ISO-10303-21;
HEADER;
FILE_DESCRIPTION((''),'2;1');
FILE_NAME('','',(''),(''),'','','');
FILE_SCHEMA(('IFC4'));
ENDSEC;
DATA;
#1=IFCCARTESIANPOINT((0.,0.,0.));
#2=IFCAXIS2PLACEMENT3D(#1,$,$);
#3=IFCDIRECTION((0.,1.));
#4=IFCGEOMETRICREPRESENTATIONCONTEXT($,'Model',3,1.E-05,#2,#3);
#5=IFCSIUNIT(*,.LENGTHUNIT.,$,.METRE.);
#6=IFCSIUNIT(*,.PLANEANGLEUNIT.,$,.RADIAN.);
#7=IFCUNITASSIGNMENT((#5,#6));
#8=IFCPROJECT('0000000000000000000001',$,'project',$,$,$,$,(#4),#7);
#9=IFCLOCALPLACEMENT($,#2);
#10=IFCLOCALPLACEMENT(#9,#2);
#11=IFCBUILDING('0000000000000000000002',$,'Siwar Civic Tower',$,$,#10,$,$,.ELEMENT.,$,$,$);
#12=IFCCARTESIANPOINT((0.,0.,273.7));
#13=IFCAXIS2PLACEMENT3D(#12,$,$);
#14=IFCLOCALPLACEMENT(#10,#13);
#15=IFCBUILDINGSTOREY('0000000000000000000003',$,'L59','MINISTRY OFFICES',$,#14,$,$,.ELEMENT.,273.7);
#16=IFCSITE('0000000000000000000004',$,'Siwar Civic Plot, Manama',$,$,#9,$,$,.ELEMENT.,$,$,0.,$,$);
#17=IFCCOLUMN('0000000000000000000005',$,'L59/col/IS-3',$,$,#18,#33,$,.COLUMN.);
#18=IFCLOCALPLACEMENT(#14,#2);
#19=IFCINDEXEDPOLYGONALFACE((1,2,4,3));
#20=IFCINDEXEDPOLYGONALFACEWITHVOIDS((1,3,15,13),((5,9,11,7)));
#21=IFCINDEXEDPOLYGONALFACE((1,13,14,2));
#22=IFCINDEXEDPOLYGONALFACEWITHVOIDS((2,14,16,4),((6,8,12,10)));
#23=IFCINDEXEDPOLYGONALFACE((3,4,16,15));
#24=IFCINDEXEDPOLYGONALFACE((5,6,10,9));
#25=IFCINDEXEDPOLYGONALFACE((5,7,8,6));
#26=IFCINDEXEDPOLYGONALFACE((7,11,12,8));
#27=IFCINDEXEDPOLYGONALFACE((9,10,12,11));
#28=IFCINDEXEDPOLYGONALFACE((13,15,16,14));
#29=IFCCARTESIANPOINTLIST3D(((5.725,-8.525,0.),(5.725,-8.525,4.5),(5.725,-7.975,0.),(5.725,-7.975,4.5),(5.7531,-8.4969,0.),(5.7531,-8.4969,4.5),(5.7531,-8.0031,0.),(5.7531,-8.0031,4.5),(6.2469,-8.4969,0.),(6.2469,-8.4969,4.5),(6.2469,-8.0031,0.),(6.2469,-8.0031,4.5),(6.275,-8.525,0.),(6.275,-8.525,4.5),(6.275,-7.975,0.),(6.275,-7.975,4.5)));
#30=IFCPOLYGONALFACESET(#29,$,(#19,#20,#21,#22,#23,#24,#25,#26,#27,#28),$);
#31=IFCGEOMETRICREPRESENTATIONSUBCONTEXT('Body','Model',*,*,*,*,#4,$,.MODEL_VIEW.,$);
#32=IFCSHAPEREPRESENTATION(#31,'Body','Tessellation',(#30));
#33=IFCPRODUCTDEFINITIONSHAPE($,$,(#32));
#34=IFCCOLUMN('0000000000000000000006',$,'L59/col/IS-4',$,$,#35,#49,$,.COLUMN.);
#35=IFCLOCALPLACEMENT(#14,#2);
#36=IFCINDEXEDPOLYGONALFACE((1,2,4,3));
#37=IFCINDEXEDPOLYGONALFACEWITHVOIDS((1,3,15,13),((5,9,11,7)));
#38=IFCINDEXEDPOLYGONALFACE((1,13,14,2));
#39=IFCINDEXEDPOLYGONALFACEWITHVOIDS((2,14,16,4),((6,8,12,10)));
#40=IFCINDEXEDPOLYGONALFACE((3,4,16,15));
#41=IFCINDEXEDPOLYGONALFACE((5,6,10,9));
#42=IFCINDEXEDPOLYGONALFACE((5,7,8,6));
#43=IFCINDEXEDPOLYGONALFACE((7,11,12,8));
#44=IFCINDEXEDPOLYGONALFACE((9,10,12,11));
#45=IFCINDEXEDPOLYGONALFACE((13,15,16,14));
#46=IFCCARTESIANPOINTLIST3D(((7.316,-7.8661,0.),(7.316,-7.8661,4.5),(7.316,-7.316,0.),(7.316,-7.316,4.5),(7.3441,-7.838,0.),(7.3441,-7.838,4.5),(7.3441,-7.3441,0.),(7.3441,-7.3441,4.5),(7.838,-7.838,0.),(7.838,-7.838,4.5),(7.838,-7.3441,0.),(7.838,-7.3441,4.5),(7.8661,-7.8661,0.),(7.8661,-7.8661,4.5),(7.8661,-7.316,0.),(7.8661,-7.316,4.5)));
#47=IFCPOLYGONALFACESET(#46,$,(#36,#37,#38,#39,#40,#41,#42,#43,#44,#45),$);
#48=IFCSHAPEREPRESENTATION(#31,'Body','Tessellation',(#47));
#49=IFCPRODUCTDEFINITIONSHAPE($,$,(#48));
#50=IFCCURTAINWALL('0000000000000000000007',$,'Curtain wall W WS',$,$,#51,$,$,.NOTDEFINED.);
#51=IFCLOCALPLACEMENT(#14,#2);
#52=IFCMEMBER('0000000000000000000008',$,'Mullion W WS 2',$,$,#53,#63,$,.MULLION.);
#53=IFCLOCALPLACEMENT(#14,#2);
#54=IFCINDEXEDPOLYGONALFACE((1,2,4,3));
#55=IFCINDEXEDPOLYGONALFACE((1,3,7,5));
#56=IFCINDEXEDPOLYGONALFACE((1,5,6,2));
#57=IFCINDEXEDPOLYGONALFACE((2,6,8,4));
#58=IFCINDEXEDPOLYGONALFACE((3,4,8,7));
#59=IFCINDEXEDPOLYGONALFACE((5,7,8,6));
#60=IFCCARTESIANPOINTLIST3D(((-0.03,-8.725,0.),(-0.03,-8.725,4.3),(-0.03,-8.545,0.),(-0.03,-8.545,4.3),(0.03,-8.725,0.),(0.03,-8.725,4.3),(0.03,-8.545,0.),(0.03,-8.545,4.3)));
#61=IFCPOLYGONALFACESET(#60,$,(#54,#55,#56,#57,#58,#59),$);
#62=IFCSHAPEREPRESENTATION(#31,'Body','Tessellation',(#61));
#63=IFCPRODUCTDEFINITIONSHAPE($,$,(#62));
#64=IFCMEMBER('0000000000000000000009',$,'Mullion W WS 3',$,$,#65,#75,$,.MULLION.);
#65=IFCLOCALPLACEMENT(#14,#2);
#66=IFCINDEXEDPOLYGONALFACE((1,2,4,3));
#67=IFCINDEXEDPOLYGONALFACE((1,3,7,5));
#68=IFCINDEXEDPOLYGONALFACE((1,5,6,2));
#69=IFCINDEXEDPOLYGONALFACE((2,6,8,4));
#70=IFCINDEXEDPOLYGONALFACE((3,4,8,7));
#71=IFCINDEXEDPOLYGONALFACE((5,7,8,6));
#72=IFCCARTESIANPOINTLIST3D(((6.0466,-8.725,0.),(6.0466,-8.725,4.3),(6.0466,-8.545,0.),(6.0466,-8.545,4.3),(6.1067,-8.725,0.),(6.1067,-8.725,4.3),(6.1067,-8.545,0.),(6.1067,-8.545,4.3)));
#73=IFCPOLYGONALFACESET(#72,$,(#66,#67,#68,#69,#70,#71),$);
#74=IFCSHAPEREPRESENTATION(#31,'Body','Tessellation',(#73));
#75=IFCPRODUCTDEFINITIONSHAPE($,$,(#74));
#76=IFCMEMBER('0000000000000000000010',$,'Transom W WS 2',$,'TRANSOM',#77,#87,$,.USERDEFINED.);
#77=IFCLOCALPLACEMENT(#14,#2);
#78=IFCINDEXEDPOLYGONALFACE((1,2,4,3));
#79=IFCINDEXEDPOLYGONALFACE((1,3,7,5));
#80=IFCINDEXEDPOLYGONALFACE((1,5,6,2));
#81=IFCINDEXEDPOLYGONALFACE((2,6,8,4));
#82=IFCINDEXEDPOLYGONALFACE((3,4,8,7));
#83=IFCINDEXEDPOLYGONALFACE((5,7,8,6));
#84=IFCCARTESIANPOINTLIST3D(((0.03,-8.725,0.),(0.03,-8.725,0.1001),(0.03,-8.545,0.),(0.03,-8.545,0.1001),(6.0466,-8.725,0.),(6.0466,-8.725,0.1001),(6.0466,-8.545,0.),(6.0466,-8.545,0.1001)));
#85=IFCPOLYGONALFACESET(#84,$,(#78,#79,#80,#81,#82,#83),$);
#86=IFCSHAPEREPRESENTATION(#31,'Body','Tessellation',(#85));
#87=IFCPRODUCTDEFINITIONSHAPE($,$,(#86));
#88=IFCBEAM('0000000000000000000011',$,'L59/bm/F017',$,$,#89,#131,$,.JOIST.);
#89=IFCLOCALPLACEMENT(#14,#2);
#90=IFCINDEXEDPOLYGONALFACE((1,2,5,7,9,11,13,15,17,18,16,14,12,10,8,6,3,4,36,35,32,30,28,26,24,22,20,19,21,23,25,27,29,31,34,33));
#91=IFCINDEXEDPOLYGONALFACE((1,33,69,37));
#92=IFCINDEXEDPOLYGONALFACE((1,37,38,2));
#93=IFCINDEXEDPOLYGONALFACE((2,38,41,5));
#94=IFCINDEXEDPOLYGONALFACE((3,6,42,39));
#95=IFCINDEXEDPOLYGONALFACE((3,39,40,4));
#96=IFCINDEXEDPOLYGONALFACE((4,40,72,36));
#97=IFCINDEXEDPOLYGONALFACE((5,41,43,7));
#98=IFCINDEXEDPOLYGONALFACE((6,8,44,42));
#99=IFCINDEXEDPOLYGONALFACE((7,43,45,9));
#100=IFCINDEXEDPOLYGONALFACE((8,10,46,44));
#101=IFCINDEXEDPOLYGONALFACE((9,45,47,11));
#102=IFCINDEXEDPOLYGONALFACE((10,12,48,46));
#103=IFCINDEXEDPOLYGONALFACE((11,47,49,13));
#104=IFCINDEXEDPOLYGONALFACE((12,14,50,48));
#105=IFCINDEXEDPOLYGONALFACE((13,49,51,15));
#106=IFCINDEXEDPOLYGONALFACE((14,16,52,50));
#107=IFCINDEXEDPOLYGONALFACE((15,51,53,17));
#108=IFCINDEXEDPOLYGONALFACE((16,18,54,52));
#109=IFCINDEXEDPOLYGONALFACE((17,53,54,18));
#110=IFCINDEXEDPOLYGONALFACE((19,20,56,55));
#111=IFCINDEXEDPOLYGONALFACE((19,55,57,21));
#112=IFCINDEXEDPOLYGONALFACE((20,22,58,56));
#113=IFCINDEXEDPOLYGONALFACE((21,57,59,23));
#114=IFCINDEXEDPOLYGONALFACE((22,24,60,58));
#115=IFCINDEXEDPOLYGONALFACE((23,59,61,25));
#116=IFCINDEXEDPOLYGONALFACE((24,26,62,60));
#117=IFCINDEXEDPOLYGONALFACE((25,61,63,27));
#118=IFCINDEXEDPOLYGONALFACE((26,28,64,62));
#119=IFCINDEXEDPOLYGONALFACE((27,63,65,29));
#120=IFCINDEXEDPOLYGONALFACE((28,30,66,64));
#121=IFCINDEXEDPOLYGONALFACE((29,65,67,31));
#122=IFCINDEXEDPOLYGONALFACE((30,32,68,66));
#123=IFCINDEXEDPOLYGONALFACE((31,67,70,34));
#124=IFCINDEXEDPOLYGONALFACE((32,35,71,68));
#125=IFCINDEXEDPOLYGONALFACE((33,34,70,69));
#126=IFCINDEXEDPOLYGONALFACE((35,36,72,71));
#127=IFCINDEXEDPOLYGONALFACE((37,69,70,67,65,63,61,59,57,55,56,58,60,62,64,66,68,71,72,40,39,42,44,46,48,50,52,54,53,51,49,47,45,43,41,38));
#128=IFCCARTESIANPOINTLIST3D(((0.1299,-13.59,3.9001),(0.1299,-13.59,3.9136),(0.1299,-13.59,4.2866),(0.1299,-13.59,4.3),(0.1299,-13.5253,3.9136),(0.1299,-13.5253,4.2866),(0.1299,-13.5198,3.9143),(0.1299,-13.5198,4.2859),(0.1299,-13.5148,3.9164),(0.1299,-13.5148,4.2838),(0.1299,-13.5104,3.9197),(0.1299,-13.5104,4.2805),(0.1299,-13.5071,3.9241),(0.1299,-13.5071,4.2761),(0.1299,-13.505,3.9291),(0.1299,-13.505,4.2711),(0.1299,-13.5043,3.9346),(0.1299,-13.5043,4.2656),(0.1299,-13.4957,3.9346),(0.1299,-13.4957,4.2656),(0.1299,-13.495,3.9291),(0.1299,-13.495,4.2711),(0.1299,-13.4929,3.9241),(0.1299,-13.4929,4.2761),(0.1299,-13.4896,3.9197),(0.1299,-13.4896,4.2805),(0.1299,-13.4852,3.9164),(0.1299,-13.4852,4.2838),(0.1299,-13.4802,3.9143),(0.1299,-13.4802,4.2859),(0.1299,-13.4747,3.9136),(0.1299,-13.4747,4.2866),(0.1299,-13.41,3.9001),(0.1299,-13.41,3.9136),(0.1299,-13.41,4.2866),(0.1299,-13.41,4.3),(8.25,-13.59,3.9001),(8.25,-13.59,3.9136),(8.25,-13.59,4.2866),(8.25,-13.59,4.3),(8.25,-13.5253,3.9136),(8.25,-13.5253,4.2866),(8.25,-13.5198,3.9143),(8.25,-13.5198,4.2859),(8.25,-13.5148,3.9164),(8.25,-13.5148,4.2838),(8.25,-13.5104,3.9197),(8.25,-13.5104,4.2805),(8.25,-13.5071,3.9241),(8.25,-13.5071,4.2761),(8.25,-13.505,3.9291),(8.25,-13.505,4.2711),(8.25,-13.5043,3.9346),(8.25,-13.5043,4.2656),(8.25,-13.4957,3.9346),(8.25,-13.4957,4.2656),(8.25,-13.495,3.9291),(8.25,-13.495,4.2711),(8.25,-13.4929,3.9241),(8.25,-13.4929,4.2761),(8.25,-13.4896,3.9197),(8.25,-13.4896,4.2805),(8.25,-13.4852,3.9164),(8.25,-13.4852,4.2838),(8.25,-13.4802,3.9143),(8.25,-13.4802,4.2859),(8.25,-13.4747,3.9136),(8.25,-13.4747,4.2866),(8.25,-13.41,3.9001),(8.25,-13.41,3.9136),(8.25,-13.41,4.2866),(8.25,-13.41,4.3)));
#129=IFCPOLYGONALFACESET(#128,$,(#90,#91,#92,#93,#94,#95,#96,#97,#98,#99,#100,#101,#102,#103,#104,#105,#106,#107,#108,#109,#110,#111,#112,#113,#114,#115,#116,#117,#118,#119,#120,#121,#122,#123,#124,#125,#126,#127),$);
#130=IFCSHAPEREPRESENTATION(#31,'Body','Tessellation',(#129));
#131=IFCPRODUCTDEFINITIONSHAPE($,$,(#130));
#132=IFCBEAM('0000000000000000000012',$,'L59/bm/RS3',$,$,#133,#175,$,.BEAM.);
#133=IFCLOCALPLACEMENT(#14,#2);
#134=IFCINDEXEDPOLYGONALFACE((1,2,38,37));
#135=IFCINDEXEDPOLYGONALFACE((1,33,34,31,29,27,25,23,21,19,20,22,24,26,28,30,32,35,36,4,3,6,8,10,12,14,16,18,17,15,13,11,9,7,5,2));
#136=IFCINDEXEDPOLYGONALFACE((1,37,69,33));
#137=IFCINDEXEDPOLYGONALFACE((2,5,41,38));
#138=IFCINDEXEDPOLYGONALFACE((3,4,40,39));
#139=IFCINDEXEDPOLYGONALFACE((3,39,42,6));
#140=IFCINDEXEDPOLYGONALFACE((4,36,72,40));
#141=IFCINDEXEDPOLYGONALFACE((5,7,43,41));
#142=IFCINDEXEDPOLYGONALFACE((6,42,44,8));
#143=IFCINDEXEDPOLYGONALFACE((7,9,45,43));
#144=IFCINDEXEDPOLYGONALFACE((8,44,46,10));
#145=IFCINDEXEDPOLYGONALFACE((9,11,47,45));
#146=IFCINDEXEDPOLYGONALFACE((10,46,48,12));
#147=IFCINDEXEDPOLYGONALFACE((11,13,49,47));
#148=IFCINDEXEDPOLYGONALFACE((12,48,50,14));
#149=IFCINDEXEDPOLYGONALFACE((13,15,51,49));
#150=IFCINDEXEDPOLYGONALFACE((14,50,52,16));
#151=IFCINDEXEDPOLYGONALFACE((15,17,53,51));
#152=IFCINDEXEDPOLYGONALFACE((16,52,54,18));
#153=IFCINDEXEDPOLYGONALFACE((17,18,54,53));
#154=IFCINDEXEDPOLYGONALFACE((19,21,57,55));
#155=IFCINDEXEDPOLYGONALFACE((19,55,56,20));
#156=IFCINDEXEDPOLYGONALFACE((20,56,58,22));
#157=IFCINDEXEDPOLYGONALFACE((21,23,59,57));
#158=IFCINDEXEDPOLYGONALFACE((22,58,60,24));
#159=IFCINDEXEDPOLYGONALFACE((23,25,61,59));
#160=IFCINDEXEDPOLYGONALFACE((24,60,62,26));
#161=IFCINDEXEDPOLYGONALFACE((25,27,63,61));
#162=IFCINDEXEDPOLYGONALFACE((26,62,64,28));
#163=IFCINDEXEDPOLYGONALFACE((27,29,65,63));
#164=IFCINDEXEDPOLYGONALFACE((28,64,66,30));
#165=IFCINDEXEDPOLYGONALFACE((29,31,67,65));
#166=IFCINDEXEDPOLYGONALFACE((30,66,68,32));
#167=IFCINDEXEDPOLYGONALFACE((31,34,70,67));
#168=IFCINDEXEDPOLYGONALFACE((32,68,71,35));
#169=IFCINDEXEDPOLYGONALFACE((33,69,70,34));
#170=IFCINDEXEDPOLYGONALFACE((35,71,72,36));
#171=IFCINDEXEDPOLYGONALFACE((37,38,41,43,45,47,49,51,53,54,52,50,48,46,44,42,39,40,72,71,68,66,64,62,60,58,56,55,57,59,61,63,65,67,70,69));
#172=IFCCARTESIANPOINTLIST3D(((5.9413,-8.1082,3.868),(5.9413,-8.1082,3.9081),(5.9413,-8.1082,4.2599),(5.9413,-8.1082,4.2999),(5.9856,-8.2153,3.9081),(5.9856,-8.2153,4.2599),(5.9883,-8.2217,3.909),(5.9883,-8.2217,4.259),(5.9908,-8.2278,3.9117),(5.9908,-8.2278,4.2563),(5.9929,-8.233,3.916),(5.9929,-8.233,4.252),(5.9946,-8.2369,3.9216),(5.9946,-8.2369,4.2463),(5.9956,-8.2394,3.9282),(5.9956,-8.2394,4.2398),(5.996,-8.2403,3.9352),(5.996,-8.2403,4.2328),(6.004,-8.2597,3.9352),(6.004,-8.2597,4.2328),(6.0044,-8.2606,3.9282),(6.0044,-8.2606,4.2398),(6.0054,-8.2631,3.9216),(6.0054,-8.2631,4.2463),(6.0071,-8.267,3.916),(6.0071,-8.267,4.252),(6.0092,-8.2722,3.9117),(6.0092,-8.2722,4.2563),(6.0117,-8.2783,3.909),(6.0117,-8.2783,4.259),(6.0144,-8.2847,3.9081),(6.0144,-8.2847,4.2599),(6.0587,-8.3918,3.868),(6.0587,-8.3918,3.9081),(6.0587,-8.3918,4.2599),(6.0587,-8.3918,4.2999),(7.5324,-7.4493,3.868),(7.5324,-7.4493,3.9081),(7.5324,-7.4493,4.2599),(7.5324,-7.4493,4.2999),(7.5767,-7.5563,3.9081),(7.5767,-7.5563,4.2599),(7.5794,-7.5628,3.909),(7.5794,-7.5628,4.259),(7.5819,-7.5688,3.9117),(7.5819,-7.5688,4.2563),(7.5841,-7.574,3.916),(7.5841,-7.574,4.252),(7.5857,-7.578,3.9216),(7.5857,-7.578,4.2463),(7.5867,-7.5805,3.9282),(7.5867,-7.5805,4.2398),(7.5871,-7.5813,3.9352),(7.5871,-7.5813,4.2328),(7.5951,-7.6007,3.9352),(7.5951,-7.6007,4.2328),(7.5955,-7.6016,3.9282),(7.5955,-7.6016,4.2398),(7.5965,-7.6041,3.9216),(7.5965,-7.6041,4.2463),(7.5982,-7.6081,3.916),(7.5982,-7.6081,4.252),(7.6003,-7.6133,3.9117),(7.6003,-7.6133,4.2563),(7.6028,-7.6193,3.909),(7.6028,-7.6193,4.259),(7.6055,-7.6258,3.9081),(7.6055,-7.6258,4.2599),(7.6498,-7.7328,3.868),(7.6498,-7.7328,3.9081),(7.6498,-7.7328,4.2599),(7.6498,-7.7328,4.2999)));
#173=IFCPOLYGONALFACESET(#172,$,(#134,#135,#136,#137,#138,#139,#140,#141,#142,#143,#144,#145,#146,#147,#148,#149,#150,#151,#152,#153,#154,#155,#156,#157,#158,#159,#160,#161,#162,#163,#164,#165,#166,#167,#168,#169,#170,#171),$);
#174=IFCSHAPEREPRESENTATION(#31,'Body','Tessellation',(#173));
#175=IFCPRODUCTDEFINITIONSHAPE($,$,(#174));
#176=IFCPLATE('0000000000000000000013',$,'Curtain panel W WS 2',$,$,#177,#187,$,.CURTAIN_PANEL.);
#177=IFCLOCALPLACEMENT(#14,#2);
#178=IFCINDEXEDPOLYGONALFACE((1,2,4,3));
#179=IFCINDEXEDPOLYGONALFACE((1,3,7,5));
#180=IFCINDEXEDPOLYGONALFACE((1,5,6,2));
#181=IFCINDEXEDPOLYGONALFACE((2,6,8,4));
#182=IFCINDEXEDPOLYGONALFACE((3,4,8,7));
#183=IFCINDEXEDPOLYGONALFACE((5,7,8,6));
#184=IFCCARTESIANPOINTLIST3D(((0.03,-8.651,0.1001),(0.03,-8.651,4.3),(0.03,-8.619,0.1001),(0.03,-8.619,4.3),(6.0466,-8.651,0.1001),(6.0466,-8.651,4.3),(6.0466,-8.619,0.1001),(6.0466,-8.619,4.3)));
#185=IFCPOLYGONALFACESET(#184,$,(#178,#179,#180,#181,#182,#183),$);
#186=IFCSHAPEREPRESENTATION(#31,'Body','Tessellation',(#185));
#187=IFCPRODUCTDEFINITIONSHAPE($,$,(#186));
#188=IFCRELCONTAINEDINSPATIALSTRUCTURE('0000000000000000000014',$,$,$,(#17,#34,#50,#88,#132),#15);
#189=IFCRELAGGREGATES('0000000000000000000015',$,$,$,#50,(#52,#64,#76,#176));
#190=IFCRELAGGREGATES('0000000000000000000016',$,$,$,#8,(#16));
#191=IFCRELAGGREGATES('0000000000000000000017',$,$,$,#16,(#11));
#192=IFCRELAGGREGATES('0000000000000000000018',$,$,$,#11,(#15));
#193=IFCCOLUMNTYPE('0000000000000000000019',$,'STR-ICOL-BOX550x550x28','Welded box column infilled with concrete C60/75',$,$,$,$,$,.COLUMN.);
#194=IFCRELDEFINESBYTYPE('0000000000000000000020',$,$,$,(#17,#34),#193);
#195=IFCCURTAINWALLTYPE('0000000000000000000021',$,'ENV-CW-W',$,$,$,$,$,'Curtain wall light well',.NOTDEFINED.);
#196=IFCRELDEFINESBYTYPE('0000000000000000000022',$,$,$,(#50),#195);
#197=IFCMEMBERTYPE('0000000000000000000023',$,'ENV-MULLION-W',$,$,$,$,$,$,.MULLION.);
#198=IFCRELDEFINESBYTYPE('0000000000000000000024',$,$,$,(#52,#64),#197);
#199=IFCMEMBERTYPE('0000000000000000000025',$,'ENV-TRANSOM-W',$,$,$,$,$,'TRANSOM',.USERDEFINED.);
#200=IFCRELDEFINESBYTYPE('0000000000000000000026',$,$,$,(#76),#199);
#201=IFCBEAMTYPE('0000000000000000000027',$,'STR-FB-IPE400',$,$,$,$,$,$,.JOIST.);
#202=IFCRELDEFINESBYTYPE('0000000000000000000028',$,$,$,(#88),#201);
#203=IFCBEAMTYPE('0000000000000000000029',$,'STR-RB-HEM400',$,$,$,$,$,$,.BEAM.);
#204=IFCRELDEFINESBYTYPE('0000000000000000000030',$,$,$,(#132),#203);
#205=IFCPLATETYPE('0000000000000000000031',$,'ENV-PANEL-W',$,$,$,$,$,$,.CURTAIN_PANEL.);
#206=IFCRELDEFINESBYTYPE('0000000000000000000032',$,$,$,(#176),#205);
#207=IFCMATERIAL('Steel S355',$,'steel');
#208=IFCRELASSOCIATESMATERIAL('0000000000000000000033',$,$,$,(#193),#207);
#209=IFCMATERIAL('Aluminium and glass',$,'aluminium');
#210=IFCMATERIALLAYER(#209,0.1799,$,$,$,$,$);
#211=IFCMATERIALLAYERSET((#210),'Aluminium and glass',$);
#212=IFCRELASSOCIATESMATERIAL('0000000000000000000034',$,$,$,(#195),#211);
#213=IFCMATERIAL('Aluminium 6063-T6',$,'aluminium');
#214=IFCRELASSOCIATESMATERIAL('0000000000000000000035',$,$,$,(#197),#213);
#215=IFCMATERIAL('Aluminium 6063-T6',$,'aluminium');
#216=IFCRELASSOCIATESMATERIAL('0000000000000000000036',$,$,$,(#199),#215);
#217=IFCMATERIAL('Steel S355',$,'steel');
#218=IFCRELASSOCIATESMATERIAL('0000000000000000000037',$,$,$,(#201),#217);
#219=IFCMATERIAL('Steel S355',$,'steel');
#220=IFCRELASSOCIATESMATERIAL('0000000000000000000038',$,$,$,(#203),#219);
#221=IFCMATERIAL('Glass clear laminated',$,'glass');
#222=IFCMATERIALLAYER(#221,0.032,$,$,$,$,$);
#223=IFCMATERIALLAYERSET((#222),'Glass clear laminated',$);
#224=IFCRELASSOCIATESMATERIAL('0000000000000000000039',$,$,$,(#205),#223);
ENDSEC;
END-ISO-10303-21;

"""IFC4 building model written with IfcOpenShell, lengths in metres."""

from ifc_helpers import new_model, si_unit, direction, frame, origin, origin_2d, place, context, subcontext, project, spatial, rectangle, hollow_rectangle, i_section, extrude, material, layer, layer_set, material_profile, profile_set, type_object, element, aggregate, save


model = new_model("IFC4")

# Units and contexts
model_context = context("Model", 3, precision=1e-05, world=origin(), true_north=direction((0.0, 1.0)))
body_context = subcontext(model_context, "Body", "Model", "MODEL_VIEW")
ifc_project = project(units=[si_unit("LENGTHUNIT", "METRE"), si_unit("PLANEANGLEUNIT", "RADIAN")], contexts=[model_context])

# Site, building, storey
site_placement = place(None, origin())
site = spatial("IfcSite", under=ifc_project, at=site_placement, Name="Siwar Civic Plot, Manama", CompositionType="ELEMENT", RefElevation=0.0)
building_placement = place(site_placement, origin())
building = spatial("IfcBuilding", under=site, at=building_placement, Name="Siwar Civic Tower", CompositionType="ELEMENT")
storey_placement = place(building_placement, frame((0.0, 0.0, 273.7)))
storey = spatial("IfcBuildingStorey", under=building, at=storey_placement, Name="L59", Description="MINISTRY OFFICES", CompositionType="ELEMENT", Elevation=273.7)

# Columns
ifc_material_1 = material(Name="Steel S355", Category="steel")
ifc_material_profile_1 = material_profile(ifc_material_1, hollow_rectangle(XDim=0.55, YDim=0.55, WallThickness=0.0281, at=origin_2d()), Name="BOX550x550x28")
ifc_profile_set_1 = profile_set([ifc_material_profile_1], Name="Steel S355")
column_type = type_object("IfcColumnType", Name="STR-ICOL-BOX550x550x28", Description="Welded box column infilled with concrete C60/75", PredefinedType="COLUMN", material=ifc_profile_set_1)
for number, where, z_axis, x_axis, name in (
    (1, (6.0, -8.25, 0.0), (0.0, 0.0, 1.0), (1.0, 0.0, 0.0), "L59/col/IS-3"),
    (2, (7.5911, -7.5911, 0.0), (0.0, 0.0, 1.0), (1.0, 0.0, 0.0), "L59/col/IS-4"),
):
    element("IfcColumn", number, at=place(storey_placement, frame(where, z_axis=z_axis, x_axis=x_axis)), inside=storey, type_object=column_type, Name=name, PredefinedType="COLUMN", context=body_context, shape_type="SweptSolid", body=[
        extrude(hollow_rectangle(XDim=0.55, YDim=0.55, WallThickness=0.0281, at=origin_2d()), origin(), (0.0, 0.0, 1.0), 4.5),
    ])

# Curtain wall, members
ifc_material_2 = material(Name="Aluminium and glass", Category="aluminium")
ifc_layer_1 = layer(ifc_material_2, 0.1799)
ifc_layer_set_1 = layer_set([ifc_layer_1], Name="Aluminium and glass")
curtain_wall_type = type_object("IfcCurtainWallType", Name="ENV-CW-W", ElementType="Curtain wall light well", PredefinedType="NOTDEFINED", material=ifc_layer_set_1)
curtain_wall_placement = place(storey_placement, origin())
curtain_wall = element("IfcCurtainWall", 3, at=curtain_wall_placement, inside=storey, type_object=curtain_wall_type, Name="Curtain wall W WS", PredefinedType="NOTDEFINED")
ifc_material_3 = material(Name="Aluminium 6063-T6", Category="aluminium")
ifc_material_profile_2 = material_profile(ifc_material_3, rectangle(XDim=0.1799, YDim=0.0601, at=origin_2d()), Name="AL 180x60")
ifc_profile_set_2 = profile_set([ifc_material_profile_2], Name="Aluminium 6063-T6")
member_type_1 = type_object("IfcMemberType", Name="ENV-MULLION-W", PredefinedType="MULLION", material=ifc_profile_set_2)
member_1_placement = place(storey_placement, frame((0.0, -8.635, 0.0), z_axis=(0.0, 0.0, 1.0), x_axis=(0.0, 1.0, 0.0)))
member_1 = element("IfcMember", 4, at=member_1_placement, type_object=member_type_1, Name="Mullion W WS 2", PredefinedType="MULLION", context=body_context, shape_type="SweptSolid", body=[
    extrude(rectangle(XDim=0.1799, YDim=0.0601, at=origin_2d()), origin(), (0.0, 0.0, 1.0), 4.3),
])
member_2_placement = place(storey_placement, frame((6.0767, -8.635, 0.0), z_axis=(0.0, 0.0, 1.0), x_axis=(0.0, 1.0, 0.0)))
member_2 = element("IfcMember", 5, at=member_2_placement, type_object=member_type_1, Name="Mullion W WS 3", PredefinedType="MULLION", context=body_context, shape_type="SweptSolid", body=[
    extrude(rectangle(XDim=0.1799, YDim=0.0601, at=origin_2d()), origin(), (0.0, 0.0, 1.0), 4.3),
])
ifc_material_4 = material(Name="Aluminium 6063-T6", Category="aluminium")
ifc_material_profile_3 = material_profile(ifc_material_4, rectangle(XDim=0.1799, YDim=0.1001, at=origin_2d()), Name="AL 180x100")
ifc_profile_set_3 = profile_set([ifc_material_profile_3], Name="Aluminium 6063-T6")
member_type_2 = type_object("IfcMemberType", Name="ENV-TRANSOM-W", ElementType="TRANSOM", PredefinedType="USERDEFINED", material=ifc_profile_set_3)
member_3_placement = place(storey_placement, frame((0.03, -8.635, 0.05), z_axis=(1.0, 0.0, 0.0), x_axis=(0.0, 1.0, 0.0)))
member_3 = element("IfcMember", 6, at=member_3_placement, type_object=member_type_2, Name="Transom W WS 2", ObjectType="TRANSOM", PredefinedType="USERDEFINED", context=body_context, shape_type="SweptSolid", body=[
    extrude(rectangle(XDim=0.1799, YDim=0.1001, at=origin_2d()), origin(), (0.0, 0.0, 1.0), 6.0166),
])

# Beams
ifc_material_5 = material(Name="Steel S355", Category="steel")
ifc_material_profile_4 = material_profile(ifc_material_5, i_section(OverallWidth=0.1799, OverallDepth=0.3999, WebThickness=0.0085, FlangeThickness=0.0134, FilletRadius=0.021, at=origin_2d()), Name="IPE400")
ifc_profile_set_4 = profile_set([ifc_material_profile_4], Name="Steel S355")
beam_type_1 = type_object("IfcBeamType", Name="STR-FB-IPE400", PredefinedType="JOIST", material=ifc_profile_set_4)
beam_1_placement = place(storey_placement, frame((0.1299, -13.5, 4.1001), z_axis=(1.0, 0.0, 0.0), x_axis=(0.0, 1.0, 0.0)))
element("IfcBeam", 7, at=beam_1_placement, inside=storey, type_object=beam_type_1, Name="L59/bm/F017", PredefinedType="JOIST", context=body_context, shape_type="SweptSolid", body=[
    extrude(i_section(OverallWidth=0.1799, OverallDepth=0.3999, WebThickness=0.0085, FlangeThickness=0.0134, FilletRadius=0.021, at=origin_2d()), origin(), (0.0, 0.0, 1.0), 8.1201),
])
ifc_material_6 = material(Name="Steel S355", Category="steel")
ifc_material_profile_5 = material_profile(ifc_material_6, i_section(OverallWidth=0.3069, OverallDepth=0.4319, WebThickness=0.021, FlangeThickness=0.04, FilletRadius=0.0271, at=origin_2d()), Name="HEM400")
ifc_profile_set_5 = profile_set([ifc_material_profile_5], Name="Steel S355")
beam_type_2 = type_object("IfcBeamType", Name="STR-RB-HEM400", PredefinedType="BEAM", material=ifc_profile_set_5)
beam_2_placement = place(storey_placement, frame((6.0, -8.25, 4.084), z_axis=(0.923901, 0.382631, 0.0), x_axis=(-0.382631, 0.923901, 0.0)))
element("IfcBeam", 8, at=beam_2_placement, inside=storey, type_object=beam_type_2, Name="L59/bm/RS3", PredefinedType="BEAM", context=body_context, shape_type="SweptSolid", body=[
    extrude(i_section(OverallWidth=0.3069, OverallDepth=0.4319, WebThickness=0.021, FlangeThickness=0.04, FilletRadius=0.0271, at=origin_2d()), origin(), (0.0, 0.0, 1.0), 1.7222),
])

# Plate
ifc_material_7 = material(Name="Glass clear laminated", Category="glass")
ifc_layer_2 = layer(ifc_material_7, 0.032)
ifc_layer_set_2 = layer_set([ifc_layer_2], Name="Glass clear laminated")
plate_type = type_object("IfcPlateType", Name="ENV-PANEL-W", PredefinedType="CURTAIN_PANEL", material=ifc_layer_set_2)
plate_placement = place(storey_placement, frame((3.0383, -8.635, 0.1001), z_axis=(0.0, 0.0, 1.0), x_axis=(1.0, 0.0, 0.0)))
plate = element("IfcPlate", 9, at=plate_placement, type_object=plate_type, Name="Curtain panel W WS 2", PredefinedType="CURTAIN_PANEL", context=body_context, shape_type="SweptSolid", body=[
    extrude(rectangle(XDim=6.0166, YDim=0.032, at=origin_2d()), origin(), (0.0, 0.0, 1.0), 4.2),
])
aggregate(curtain_wall, [member_1, member_2, member_3, plate])

save(model, "model.ifc")
